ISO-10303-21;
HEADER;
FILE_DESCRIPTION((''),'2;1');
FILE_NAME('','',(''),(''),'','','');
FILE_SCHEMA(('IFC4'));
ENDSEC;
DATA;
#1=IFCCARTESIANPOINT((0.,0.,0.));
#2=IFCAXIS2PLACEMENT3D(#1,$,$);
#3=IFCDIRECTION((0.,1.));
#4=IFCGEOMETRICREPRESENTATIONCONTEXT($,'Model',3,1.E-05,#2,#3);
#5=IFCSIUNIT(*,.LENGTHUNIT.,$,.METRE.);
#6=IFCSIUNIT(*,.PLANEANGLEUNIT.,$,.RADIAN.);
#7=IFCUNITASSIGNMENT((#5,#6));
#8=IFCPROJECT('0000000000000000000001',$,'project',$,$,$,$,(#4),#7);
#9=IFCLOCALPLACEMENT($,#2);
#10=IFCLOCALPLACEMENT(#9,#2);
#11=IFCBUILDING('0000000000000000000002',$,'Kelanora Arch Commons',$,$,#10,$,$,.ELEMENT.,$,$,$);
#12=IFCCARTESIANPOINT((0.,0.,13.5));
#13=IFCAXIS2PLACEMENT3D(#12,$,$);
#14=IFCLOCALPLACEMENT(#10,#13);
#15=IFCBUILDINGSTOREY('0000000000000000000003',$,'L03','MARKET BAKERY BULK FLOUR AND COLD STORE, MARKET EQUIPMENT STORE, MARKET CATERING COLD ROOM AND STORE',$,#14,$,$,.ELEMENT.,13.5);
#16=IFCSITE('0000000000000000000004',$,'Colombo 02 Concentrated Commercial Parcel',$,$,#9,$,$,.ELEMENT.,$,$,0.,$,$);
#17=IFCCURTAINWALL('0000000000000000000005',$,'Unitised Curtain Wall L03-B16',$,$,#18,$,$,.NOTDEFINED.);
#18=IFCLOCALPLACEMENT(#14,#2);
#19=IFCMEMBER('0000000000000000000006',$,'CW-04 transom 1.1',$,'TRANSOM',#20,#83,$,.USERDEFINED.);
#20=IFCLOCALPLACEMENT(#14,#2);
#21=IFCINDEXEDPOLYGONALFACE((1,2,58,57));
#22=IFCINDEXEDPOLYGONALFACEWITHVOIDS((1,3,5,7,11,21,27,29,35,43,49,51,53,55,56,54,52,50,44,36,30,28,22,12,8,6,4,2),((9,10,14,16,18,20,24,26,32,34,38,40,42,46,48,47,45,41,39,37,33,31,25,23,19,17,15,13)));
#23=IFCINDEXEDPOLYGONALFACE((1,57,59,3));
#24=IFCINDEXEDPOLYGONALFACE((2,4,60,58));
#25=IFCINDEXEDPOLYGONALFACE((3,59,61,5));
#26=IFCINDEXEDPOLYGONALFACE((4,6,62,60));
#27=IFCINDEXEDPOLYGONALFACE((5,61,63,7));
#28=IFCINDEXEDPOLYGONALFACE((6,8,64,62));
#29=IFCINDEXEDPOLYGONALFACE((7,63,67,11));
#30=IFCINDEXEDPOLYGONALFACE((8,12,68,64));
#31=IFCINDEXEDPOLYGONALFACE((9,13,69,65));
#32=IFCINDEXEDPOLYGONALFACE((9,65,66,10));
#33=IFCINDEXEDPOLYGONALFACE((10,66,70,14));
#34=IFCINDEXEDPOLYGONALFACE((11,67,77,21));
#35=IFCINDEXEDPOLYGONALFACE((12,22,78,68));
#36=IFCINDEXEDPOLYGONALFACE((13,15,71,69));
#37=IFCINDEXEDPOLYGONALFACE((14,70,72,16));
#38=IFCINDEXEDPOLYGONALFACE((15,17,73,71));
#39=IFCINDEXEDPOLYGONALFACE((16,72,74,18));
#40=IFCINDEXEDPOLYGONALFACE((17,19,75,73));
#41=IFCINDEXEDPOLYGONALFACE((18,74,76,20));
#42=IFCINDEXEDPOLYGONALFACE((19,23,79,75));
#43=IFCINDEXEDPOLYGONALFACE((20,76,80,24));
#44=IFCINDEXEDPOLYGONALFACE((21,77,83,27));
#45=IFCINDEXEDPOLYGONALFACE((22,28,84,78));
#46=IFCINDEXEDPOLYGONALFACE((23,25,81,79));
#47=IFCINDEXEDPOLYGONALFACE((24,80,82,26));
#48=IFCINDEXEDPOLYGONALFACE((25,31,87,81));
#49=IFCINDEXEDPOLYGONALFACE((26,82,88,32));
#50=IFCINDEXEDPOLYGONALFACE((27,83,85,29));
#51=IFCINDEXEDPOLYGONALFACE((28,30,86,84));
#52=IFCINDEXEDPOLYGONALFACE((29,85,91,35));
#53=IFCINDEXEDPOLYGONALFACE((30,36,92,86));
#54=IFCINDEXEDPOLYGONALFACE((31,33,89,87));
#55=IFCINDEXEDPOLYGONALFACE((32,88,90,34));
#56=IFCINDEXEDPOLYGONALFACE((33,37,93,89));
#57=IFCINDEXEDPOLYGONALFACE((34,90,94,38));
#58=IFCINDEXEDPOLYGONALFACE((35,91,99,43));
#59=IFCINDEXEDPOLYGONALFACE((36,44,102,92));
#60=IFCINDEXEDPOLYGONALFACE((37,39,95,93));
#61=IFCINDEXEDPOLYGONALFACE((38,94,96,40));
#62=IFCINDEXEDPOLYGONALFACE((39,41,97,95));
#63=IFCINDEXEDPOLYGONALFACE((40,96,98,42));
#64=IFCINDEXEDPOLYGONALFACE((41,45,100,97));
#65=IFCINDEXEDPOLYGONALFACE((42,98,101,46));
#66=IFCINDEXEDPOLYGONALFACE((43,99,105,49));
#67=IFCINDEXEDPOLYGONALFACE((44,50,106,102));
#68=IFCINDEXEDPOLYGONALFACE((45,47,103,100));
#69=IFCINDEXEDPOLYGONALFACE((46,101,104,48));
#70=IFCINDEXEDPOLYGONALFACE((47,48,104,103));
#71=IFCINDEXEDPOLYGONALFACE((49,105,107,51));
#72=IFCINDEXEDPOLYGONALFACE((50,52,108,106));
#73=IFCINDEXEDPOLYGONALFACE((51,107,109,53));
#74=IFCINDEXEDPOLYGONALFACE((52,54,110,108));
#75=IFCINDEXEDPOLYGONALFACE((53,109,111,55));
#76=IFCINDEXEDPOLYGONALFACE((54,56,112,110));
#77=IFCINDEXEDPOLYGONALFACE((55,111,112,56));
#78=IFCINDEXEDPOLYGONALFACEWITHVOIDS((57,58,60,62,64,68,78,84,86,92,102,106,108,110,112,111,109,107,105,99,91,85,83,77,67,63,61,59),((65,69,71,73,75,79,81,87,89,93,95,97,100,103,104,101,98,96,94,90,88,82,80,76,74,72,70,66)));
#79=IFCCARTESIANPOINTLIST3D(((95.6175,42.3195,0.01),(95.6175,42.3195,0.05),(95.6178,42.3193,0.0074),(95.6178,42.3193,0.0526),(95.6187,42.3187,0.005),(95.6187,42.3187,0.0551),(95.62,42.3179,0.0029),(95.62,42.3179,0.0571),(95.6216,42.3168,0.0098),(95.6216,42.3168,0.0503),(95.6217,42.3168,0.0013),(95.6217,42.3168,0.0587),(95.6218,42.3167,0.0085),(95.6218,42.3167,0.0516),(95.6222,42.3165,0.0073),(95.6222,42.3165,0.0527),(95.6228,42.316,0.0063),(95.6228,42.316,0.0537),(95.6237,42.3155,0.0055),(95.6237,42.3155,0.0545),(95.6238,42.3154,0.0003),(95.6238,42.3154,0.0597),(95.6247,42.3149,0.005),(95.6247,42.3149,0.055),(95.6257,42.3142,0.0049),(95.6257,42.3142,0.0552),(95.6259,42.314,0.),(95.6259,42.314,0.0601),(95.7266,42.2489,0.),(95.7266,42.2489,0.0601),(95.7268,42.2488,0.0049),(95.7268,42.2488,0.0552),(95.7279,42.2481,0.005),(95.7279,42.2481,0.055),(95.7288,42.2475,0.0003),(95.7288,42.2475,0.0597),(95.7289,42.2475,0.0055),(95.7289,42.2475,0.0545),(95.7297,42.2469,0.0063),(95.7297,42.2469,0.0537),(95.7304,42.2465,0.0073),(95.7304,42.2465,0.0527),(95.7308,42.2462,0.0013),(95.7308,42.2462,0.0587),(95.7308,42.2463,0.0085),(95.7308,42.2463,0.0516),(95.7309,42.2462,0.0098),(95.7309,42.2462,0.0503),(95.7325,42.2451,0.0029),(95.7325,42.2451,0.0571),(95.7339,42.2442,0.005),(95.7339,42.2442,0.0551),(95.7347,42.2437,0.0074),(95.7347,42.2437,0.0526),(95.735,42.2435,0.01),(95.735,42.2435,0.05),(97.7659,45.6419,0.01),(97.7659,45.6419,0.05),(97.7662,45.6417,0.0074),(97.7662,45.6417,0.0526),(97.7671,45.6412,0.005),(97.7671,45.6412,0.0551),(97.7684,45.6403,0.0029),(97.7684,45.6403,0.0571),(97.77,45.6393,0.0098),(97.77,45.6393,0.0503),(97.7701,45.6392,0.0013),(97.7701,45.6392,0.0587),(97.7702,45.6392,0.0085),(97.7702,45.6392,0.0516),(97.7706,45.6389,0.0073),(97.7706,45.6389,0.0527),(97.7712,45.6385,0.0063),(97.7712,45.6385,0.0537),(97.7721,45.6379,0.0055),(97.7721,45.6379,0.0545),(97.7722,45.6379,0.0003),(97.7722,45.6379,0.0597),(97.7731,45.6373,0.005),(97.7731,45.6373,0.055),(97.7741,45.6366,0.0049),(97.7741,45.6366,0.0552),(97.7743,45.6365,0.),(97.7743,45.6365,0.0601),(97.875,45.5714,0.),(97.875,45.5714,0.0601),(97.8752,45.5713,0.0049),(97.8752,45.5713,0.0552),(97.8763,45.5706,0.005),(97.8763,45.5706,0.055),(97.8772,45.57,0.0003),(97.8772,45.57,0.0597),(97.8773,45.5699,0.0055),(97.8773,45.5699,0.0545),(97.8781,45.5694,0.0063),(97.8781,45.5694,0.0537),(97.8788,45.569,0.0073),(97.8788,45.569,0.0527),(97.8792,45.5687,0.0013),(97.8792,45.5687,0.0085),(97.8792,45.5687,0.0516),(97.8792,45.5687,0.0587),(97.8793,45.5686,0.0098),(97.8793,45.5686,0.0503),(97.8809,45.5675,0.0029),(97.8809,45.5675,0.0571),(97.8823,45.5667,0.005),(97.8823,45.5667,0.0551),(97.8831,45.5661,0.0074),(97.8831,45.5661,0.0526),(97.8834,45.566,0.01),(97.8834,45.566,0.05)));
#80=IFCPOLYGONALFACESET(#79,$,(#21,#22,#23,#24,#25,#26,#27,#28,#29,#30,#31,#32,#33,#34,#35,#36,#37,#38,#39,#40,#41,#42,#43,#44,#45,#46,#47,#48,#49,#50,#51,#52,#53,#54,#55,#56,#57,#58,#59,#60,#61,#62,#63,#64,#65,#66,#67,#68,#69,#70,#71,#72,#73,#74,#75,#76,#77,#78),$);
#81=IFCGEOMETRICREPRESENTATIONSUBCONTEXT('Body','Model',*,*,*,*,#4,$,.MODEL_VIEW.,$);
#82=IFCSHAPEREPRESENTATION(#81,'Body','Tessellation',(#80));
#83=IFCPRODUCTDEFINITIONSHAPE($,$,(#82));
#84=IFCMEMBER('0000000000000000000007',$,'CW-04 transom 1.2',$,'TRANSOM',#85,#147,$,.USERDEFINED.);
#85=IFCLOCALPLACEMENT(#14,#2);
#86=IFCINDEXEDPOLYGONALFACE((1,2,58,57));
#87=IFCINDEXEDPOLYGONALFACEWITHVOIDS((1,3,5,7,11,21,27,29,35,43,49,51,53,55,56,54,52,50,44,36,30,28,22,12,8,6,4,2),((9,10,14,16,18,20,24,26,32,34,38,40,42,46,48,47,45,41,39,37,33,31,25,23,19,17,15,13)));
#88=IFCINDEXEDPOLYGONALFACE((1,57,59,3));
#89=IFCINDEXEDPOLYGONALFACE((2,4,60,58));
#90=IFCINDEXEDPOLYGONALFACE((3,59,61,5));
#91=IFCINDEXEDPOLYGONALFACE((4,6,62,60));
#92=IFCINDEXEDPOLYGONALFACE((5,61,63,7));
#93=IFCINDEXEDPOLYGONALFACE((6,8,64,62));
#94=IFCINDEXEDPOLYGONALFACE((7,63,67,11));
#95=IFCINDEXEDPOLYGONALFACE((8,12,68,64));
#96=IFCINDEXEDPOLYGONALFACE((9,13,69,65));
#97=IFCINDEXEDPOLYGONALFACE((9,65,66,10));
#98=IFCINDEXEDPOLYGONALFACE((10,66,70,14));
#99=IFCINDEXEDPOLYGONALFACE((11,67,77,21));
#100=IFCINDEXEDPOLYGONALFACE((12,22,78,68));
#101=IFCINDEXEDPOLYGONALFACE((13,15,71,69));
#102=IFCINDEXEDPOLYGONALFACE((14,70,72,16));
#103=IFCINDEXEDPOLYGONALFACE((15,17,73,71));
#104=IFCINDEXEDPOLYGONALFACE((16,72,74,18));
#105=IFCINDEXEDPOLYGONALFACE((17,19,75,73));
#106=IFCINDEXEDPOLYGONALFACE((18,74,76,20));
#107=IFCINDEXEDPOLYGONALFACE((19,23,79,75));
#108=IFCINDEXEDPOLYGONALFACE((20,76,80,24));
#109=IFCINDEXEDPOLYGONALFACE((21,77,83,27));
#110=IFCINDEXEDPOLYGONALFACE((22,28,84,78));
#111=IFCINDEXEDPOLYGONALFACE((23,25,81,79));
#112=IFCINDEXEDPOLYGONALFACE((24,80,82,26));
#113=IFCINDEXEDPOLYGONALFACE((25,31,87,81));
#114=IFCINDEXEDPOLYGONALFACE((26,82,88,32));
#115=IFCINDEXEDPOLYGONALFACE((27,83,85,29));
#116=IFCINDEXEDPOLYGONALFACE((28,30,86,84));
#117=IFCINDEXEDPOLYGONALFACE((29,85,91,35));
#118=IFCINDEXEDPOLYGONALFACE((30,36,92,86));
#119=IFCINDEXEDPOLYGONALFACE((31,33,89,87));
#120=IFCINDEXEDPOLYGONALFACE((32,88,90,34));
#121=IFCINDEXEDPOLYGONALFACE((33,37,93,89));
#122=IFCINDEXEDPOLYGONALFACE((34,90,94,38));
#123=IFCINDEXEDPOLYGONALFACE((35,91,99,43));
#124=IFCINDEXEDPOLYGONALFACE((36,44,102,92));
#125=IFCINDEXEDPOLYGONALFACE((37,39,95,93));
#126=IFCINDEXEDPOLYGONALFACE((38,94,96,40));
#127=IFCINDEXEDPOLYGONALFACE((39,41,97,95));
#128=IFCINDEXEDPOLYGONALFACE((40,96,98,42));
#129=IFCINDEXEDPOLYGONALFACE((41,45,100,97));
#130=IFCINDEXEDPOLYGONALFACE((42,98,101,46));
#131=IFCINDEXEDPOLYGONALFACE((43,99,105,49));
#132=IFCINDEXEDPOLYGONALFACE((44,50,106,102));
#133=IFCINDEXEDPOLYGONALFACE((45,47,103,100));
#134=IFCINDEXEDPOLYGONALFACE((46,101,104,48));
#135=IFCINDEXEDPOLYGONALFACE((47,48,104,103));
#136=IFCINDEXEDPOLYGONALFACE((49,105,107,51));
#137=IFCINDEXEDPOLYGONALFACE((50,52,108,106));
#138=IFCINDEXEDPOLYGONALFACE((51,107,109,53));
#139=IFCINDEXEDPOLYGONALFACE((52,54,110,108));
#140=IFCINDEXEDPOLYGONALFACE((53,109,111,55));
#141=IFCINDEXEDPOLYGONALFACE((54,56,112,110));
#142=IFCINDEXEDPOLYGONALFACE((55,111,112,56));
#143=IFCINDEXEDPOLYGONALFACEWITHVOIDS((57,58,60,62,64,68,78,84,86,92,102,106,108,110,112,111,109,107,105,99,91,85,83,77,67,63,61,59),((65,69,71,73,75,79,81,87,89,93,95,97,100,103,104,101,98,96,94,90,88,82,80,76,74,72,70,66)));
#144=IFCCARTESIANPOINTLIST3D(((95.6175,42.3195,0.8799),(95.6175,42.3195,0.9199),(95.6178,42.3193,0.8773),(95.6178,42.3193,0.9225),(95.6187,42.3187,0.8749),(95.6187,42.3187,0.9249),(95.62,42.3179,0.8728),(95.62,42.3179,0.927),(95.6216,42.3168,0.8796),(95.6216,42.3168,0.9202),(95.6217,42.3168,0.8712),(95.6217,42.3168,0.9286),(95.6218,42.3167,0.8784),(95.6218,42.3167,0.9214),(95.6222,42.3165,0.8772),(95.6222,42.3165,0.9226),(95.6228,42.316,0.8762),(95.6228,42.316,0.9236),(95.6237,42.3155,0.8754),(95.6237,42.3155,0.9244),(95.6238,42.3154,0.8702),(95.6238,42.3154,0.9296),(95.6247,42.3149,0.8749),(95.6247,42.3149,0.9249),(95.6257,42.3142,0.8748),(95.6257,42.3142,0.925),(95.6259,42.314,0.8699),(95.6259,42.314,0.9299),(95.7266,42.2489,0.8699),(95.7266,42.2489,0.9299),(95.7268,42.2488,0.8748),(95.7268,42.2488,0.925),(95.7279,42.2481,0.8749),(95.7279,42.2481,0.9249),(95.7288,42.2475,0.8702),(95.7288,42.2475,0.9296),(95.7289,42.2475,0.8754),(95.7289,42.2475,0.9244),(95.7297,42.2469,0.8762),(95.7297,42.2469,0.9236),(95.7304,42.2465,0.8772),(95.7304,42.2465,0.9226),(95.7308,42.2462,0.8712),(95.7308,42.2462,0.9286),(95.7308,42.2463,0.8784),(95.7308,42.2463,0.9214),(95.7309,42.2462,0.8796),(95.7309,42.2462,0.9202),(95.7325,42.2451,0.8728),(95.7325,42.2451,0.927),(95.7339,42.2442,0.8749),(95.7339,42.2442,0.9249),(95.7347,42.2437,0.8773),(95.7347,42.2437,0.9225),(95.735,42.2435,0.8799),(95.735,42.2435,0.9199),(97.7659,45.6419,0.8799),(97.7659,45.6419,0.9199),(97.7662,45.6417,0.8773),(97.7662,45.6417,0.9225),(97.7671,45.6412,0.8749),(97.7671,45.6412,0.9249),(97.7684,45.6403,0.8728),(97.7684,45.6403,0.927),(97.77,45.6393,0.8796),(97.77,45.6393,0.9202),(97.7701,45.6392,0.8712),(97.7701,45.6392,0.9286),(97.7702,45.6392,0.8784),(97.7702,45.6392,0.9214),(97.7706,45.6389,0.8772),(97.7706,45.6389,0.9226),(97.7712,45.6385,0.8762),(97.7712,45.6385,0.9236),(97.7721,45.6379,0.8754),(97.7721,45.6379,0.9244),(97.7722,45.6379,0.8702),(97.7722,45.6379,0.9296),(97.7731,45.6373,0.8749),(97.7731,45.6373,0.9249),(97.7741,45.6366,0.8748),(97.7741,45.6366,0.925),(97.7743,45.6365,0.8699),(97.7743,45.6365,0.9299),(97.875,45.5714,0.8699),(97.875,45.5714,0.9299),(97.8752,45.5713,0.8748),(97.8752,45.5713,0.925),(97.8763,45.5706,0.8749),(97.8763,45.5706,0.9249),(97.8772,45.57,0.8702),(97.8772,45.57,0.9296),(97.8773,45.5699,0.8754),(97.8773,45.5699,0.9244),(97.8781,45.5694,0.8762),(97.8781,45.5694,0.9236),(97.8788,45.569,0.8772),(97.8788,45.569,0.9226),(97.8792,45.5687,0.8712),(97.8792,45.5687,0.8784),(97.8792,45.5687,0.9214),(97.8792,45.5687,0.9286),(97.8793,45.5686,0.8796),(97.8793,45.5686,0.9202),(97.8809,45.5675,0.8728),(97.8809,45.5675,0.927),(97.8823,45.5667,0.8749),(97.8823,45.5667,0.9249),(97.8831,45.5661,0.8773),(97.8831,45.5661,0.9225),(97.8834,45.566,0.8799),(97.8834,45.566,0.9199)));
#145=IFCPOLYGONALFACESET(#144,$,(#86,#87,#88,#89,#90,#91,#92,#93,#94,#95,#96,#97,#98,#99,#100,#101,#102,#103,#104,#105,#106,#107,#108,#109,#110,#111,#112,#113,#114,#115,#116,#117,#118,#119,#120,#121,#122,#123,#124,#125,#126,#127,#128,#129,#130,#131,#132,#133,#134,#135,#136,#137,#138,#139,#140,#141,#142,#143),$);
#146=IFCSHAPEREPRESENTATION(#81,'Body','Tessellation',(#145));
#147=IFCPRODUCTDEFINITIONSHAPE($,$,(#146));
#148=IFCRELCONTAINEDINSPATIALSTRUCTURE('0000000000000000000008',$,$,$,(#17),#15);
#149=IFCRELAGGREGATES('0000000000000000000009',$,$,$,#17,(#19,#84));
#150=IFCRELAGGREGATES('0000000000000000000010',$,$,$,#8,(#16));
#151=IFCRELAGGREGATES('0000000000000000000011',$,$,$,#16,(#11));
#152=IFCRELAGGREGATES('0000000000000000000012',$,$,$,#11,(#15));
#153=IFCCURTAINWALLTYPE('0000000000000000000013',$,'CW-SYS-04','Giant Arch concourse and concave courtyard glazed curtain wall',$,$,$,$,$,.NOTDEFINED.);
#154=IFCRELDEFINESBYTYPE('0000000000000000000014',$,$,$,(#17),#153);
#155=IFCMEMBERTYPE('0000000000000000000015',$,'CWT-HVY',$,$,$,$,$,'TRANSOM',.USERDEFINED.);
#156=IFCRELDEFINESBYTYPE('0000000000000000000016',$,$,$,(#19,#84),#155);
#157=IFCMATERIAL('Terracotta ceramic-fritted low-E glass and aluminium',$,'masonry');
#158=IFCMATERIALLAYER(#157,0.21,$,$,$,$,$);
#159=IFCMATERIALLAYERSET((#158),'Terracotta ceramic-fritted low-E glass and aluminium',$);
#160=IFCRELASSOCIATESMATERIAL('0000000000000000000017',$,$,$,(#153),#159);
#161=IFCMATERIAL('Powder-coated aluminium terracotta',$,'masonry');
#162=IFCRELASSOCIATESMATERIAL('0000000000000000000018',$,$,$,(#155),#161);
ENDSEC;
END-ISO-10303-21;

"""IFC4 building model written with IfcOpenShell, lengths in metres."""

from ifc_helpers import new_model, si_unit, direction, frame, origin, origin_2d, place, context, subcontext, project, spatial, hollow_rectangle, extrude, material, layer, layer_set, material_profile, profile_set, type_object, element, aggregate, save


model = new_model("IFC4")

# Units and contexts
model_context = context("Model", 3, precision=1e-05, world=origin(), true_north=direction((0.0, 1.0)))
body_context = subcontext(model_context, "Body", "Model", "MODEL_VIEW")
ifc_project = project(units=[si_unit("LENGTHUNIT", "METRE"), si_unit("PLANEANGLEUNIT", "RADIAN")], contexts=[model_context])

# Site, building, storey
site_placement = place(None, origin())
site = spatial("IfcSite", under=ifc_project, at=site_placement, Name="Colombo 02 Concentrated Commercial Parcel", CompositionType="ELEMENT", RefElevation=0.0)
building_placement = place(site_placement, origin())
building = spatial("IfcBuilding", under=site, at=building_placement, Name="Kelanora Arch Commons", CompositionType="ELEMENT")
storey_placement = place(building_placement, frame((0.0, 0.0, 13.5)))
storey = spatial("IfcBuildingStorey", under=building, at=storey_placement, Name="L03", Description="MARKET BAKERY BULK FLOUR AND COLD STORE, MARKET EQUIPMENT STORE, MARKET CATERING COLD ROOM AND STORE", CompositionType="ELEMENT", Elevation=13.5)

# Curtain wall, members
ifc_material_1 = material(Name="Terracotta ceramic-fritted low-E glass and aluminium", Category="masonry")
ifc_layer_1 = layer(ifc_material_1, 0.21)
ifc_layer_set_1 = layer_set([ifc_layer_1], Name="Terracotta ceramic-fritted low-E glass and aluminium")
curtain_wall_type = type_object("IfcCurtainWallType", Name="CW-SYS-04", Description="Giant Arch concourse and concave courtyard glazed curtain wall", PredefinedType="NOTDEFINED", material=ifc_layer_set_1)
curtain_wall_placement = place(storey_placement, origin())
curtain_wall = element("IfcCurtainWall", 1, at=curtain_wall_placement, inside=storey, type_object=curtain_wall_type, Name="Unitised Curtain Wall L03-B16", PredefinedType="NOTDEFINED")
ifc_material_2 = material(Name="Powder-coated aluminium terracotta", Category="masonry")
ifc_material_profile_1 = material_profile(ifc_material_2, hollow_rectangle(XDim=0.1399, YDim=0.0601, WallThickness=0.0049, InnerFilletRadius=0.0049, OuterFilletRadius=0.01, at=origin_2d()), Name="CWT140x60")
ifc_profile_set_1 = profile_set([ifc_material_profile_1], Name="Powder-coated aluminium terracotta")
member_type_1 = type_object("IfcMemberType", Name="CWT-HVY", ElementType="TRANSOM", PredefinedType="USERDEFINED", material=ifc_profile_set_1)
member_1_placement = place(storey_placement, frame((95.6763, 42.2815, 0.03), z_axis=(0.542998, 0.839734, 0.0), x_axis=(-0.839734, 0.542998, 0.0)))
member_1 = element("IfcMember", 2, at=member_1_placement, type_object=member_type_1, Name="CW-04 transom 1.1", ObjectType="TRANSOM", PredefinedType="USERDEFINED", context=body_context, shape_type="SweptSolid", body=[
    extrude(hollow_rectangle(XDim=0.1399, YDim=0.0601, WallThickness=0.0049, InnerFilletRadius=0.0049, OuterFilletRadius=0.01, at=origin_2d()), origin(), (0.0, 0.0, 1.0), 3.9565),
])
member_2_placement = place(storey_placement, frame((95.6763, 42.2815, 0.8999), z_axis=(0.542998, 0.839734, 0.0), x_axis=(-0.839734, 0.542998, 0.0)))
member_2 = element("IfcMember", 3, at=member_2_placement, type_object=member_type_1, Name="CW-04 transom 1.2", ObjectType="TRANSOM", PredefinedType="USERDEFINED", context=body_context, shape_type="SweptSolid", body=[
    extrude(hollow_rectangle(XDim=0.1399, YDim=0.0601, WallThickness=0.0049, InnerFilletRadius=0.0049, OuterFilletRadius=0.01, at=origin_2d()), origin(), (0.0, 0.0, 1.0), 3.9565),
])
aggregate(curtain_wall, [member_1, member_2])

save(model, "model.ifc")
